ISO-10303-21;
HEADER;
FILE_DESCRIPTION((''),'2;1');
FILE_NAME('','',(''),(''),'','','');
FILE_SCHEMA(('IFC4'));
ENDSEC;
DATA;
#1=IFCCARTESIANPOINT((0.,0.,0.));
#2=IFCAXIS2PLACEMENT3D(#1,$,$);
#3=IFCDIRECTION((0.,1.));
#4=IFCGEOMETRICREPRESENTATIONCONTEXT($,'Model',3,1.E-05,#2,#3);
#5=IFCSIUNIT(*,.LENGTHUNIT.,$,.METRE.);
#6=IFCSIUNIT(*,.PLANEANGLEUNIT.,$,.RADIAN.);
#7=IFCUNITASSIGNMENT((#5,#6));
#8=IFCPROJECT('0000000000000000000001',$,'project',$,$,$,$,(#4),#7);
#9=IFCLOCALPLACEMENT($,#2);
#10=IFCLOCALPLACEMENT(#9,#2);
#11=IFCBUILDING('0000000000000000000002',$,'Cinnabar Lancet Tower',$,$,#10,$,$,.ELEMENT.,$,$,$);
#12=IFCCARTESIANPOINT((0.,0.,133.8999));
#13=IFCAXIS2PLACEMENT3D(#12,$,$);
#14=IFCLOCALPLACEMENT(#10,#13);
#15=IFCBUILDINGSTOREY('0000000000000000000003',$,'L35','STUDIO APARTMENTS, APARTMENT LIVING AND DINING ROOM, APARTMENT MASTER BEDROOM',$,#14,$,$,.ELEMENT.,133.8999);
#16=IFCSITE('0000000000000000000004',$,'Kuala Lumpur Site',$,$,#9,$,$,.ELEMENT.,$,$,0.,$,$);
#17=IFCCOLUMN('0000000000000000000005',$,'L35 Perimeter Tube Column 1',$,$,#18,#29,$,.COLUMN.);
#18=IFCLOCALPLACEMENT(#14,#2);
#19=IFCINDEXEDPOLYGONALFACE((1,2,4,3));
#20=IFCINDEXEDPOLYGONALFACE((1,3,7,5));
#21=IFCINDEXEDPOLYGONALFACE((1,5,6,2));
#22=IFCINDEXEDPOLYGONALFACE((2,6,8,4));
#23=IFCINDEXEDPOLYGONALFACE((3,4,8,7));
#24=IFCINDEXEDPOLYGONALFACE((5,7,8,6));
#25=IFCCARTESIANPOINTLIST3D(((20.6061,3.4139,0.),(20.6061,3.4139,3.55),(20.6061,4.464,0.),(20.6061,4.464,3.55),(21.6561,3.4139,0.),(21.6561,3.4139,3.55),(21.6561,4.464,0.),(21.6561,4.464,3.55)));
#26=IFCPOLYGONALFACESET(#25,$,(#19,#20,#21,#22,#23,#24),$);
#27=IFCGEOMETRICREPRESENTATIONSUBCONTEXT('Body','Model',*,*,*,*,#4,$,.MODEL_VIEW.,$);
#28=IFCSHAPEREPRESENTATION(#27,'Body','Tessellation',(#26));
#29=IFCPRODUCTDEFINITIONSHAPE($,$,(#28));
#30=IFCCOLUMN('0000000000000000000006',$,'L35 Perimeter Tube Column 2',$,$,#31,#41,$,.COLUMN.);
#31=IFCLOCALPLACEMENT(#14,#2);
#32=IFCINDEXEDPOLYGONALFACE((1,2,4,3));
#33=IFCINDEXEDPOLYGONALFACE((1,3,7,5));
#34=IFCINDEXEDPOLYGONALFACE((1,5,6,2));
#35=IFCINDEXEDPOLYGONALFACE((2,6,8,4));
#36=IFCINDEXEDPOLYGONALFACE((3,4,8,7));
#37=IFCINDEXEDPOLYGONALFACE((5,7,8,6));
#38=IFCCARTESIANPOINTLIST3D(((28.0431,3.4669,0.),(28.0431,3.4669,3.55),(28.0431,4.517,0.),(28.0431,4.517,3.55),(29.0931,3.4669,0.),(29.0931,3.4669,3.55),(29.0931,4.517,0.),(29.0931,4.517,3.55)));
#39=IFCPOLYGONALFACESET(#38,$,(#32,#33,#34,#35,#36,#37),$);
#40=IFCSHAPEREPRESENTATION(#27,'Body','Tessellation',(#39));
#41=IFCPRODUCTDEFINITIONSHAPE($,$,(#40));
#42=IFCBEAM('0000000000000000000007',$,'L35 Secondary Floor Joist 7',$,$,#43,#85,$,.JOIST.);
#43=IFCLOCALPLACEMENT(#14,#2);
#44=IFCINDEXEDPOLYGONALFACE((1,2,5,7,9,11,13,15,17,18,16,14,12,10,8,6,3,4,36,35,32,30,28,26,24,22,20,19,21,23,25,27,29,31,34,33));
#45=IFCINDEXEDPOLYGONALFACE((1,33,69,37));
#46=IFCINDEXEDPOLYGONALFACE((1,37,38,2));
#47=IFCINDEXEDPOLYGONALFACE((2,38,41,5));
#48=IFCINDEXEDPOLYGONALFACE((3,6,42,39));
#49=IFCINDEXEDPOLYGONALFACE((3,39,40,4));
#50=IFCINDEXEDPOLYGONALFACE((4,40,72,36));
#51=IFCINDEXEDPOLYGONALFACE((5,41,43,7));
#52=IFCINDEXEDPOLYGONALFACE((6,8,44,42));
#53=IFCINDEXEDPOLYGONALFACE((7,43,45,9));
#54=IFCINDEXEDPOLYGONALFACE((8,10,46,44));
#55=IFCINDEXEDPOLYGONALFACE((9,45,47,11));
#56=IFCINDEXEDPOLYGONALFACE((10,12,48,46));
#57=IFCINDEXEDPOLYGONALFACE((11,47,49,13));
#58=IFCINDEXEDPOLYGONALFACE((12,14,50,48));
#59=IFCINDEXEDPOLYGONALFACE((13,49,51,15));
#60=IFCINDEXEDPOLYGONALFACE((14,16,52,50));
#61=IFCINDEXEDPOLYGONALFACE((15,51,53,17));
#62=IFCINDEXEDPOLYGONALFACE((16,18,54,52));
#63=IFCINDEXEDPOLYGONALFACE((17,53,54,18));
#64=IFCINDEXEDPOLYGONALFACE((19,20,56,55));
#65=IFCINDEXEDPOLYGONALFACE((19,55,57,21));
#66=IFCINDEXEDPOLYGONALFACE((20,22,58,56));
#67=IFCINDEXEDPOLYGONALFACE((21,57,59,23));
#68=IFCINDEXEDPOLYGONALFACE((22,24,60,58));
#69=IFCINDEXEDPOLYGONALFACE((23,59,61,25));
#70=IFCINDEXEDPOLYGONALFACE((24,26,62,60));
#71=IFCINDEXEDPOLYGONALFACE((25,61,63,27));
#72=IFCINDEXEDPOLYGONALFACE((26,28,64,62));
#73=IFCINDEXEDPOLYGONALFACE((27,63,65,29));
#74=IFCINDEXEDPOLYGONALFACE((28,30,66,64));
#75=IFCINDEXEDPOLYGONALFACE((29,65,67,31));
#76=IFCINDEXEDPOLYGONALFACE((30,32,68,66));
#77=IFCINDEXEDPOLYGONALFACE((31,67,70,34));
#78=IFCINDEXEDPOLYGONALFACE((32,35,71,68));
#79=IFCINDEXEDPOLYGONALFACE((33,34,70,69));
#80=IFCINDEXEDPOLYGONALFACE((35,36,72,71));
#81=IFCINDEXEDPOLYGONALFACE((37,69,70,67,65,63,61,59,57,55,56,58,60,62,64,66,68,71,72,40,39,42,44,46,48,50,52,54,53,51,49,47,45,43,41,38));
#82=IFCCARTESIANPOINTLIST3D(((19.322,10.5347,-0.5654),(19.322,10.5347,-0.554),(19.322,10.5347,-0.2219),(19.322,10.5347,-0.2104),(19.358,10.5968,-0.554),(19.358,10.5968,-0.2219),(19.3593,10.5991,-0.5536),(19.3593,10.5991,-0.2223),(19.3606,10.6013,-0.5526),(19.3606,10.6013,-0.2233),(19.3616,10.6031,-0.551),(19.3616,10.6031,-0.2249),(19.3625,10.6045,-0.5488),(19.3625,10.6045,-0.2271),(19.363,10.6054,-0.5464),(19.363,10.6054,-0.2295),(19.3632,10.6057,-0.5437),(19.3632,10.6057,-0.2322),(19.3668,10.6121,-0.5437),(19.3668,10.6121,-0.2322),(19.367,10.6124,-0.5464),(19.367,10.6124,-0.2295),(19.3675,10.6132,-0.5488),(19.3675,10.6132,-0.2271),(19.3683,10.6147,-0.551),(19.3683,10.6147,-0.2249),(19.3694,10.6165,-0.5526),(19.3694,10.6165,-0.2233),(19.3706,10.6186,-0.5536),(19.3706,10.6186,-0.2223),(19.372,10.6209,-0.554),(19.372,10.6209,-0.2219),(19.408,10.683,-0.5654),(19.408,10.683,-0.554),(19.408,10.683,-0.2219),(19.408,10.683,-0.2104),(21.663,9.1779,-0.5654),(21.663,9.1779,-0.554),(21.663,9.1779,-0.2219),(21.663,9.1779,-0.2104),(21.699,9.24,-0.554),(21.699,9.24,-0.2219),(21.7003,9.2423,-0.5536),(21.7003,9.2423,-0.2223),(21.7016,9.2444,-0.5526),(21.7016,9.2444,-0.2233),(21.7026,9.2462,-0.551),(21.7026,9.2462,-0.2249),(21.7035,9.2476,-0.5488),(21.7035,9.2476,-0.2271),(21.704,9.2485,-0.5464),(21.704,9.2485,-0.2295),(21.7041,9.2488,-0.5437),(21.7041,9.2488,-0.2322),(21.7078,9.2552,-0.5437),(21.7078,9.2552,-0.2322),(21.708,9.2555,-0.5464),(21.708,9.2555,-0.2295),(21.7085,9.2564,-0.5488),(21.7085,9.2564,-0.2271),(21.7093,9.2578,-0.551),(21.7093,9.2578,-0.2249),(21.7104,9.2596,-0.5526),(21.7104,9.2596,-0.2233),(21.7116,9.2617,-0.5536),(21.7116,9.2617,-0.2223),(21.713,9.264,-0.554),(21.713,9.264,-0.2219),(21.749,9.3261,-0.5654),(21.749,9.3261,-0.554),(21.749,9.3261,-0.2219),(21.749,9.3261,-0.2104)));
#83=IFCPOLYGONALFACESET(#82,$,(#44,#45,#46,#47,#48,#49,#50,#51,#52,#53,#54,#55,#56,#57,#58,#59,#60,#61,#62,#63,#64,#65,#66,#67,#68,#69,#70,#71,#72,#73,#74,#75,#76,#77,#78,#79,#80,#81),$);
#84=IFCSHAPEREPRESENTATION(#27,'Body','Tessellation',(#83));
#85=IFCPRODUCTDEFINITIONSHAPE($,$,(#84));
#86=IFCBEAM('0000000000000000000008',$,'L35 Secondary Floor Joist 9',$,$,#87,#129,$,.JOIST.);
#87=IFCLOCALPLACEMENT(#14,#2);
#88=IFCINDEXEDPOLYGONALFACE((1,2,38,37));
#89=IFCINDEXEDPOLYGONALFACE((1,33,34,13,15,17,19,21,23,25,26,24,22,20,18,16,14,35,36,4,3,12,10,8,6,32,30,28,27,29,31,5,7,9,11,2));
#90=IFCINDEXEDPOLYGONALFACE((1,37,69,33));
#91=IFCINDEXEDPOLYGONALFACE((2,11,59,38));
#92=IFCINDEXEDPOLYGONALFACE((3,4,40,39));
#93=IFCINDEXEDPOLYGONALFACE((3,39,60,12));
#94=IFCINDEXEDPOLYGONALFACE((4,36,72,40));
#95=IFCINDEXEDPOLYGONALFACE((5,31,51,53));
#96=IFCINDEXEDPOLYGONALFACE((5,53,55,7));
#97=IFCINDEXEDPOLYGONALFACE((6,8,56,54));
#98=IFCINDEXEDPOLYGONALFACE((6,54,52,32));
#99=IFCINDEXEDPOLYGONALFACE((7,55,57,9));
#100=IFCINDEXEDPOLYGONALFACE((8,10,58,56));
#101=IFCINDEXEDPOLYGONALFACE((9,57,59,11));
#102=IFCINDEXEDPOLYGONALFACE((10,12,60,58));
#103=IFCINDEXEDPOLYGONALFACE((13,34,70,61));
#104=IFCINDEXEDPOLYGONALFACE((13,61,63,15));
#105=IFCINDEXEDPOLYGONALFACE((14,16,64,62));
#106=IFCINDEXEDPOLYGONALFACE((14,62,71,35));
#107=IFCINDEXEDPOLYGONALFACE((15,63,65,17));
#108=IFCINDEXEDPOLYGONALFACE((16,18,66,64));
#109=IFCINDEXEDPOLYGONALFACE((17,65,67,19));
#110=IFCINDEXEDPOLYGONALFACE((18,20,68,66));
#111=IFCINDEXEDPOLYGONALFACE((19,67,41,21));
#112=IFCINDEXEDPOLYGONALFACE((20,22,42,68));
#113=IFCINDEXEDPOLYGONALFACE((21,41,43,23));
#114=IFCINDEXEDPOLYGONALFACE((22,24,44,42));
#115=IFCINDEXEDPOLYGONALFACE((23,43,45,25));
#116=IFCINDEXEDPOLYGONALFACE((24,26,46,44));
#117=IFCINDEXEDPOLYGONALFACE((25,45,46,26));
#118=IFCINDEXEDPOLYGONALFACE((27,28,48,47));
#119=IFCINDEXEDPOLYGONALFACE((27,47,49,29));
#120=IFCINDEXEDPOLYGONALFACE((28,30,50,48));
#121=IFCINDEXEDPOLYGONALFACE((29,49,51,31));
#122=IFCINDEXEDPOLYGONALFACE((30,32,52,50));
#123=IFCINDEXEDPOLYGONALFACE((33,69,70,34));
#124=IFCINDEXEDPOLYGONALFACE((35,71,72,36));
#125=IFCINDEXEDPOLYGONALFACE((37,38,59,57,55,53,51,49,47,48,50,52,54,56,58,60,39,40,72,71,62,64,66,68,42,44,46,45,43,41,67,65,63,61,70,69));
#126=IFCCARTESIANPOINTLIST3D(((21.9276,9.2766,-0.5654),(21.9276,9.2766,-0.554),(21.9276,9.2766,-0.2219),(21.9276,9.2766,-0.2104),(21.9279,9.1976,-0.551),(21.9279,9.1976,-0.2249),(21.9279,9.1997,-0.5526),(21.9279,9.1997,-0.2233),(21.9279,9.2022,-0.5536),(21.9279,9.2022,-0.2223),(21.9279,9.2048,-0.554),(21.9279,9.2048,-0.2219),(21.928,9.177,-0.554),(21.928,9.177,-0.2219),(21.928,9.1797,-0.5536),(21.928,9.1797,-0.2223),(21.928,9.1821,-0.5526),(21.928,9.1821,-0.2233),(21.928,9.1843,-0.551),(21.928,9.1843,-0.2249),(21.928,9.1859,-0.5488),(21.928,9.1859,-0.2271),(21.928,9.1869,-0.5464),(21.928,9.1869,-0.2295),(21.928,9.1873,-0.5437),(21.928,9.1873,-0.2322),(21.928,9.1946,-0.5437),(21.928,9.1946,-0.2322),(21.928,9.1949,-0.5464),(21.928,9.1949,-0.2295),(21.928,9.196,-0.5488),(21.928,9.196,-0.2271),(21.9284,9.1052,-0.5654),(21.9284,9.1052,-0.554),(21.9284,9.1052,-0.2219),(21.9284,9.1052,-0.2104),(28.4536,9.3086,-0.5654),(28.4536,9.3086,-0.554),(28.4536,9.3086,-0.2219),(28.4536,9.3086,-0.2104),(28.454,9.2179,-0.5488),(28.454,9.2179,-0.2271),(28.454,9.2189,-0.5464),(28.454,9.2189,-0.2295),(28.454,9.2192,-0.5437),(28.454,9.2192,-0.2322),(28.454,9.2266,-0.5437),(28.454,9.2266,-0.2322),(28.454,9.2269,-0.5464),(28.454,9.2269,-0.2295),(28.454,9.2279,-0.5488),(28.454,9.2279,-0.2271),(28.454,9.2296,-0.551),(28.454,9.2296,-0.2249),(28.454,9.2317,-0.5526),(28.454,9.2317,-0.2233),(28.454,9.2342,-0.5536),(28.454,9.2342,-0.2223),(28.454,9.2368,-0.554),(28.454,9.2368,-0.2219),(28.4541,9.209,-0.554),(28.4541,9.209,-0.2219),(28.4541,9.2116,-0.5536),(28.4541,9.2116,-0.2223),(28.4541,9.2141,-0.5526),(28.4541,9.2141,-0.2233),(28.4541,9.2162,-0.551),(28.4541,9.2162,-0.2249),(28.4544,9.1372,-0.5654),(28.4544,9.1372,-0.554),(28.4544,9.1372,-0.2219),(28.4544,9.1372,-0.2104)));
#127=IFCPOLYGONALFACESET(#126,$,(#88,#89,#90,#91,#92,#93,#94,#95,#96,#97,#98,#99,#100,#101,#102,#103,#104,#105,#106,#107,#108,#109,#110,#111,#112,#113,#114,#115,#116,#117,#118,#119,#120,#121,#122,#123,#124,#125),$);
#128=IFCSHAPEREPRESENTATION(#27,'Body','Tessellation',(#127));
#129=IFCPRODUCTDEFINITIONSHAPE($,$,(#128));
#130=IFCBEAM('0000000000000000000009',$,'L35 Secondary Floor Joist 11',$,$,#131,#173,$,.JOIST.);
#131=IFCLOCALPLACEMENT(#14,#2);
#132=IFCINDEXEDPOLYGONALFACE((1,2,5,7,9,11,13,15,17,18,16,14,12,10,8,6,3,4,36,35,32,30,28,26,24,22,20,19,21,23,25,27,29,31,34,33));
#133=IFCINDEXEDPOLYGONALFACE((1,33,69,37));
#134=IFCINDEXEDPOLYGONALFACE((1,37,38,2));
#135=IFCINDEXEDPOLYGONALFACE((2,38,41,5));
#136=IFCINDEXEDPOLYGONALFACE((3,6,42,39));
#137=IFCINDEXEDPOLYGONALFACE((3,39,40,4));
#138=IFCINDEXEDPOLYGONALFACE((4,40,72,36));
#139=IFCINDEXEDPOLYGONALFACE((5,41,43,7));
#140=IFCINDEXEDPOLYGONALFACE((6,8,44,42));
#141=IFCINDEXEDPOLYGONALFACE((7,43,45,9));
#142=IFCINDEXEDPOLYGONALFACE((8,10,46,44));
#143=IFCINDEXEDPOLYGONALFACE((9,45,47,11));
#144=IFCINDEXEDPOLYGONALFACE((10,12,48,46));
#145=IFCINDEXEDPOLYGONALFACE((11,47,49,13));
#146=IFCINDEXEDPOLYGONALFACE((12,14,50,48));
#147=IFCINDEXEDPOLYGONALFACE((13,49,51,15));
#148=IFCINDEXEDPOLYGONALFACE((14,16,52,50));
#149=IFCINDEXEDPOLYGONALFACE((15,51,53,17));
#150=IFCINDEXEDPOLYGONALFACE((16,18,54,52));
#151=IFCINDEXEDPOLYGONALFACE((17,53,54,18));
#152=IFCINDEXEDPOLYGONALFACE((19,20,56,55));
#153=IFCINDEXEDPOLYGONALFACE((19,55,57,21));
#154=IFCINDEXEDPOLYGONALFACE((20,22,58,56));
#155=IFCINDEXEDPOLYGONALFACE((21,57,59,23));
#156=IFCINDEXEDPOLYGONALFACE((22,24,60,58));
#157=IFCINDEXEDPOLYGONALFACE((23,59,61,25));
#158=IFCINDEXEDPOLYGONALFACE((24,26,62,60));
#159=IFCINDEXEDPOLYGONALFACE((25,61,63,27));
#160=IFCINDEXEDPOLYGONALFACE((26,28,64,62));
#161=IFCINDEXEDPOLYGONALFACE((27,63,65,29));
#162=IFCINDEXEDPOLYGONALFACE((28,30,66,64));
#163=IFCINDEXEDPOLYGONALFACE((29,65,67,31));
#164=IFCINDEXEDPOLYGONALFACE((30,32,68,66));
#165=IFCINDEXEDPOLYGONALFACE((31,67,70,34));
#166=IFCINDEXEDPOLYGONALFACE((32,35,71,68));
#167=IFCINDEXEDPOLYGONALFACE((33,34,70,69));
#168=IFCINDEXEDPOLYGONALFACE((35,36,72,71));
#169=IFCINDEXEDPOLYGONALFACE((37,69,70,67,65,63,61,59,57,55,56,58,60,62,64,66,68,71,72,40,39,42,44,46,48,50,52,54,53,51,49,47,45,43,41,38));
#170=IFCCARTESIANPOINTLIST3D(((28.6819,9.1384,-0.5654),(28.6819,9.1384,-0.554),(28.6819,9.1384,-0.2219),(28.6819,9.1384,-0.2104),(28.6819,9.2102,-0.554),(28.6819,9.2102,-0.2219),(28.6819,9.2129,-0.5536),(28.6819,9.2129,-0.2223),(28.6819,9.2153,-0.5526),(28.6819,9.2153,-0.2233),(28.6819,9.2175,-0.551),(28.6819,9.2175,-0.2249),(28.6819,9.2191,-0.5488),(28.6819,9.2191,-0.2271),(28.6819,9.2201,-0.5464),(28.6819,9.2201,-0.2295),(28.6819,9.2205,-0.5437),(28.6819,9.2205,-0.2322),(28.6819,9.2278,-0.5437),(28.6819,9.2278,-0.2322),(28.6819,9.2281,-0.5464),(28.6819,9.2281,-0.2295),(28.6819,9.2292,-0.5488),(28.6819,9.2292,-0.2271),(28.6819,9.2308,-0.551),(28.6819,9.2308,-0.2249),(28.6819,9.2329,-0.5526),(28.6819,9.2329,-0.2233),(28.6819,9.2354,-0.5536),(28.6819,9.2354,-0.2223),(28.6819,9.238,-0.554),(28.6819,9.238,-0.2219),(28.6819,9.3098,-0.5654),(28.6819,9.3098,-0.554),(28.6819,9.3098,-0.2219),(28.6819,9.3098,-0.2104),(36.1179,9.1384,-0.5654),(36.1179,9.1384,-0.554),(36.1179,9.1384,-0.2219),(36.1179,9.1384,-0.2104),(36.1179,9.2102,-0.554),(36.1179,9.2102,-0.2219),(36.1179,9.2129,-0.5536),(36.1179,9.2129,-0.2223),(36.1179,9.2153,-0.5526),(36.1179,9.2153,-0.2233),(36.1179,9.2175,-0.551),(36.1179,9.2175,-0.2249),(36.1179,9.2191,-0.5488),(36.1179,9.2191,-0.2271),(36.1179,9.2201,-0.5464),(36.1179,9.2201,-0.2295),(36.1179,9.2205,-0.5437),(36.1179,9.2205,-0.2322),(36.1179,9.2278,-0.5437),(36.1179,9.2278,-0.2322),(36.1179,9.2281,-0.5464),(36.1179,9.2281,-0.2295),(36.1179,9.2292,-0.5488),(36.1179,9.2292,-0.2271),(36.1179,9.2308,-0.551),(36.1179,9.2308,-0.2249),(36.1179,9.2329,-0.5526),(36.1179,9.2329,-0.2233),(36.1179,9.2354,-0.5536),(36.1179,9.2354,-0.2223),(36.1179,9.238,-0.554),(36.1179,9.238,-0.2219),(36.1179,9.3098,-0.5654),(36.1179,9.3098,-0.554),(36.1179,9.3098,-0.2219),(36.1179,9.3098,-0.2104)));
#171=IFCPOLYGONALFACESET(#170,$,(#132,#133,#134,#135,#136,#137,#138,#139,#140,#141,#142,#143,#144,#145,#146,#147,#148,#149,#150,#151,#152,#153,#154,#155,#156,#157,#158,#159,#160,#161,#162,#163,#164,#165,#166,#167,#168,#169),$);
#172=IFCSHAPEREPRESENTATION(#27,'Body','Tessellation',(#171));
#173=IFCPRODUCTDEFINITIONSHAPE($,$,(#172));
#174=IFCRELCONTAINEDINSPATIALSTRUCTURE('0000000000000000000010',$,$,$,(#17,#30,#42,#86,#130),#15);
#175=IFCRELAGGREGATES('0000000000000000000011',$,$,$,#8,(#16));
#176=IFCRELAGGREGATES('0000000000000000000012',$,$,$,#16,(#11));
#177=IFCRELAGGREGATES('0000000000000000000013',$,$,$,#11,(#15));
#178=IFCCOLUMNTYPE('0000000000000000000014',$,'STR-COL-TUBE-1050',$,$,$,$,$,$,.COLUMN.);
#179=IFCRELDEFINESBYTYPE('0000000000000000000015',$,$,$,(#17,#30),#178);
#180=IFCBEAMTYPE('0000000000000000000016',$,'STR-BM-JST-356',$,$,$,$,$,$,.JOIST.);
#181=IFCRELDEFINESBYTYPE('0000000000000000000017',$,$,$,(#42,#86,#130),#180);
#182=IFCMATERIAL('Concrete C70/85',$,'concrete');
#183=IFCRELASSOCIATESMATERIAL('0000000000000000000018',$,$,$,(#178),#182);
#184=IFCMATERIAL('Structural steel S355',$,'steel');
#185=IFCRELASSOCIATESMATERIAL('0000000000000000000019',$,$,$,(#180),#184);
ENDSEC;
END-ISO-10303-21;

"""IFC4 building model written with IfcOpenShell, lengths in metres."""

from ifc_helpers import new_model, si_unit, direction, frame, origin, origin_2d, place, context, subcontext, project, spatial, rectangle, i_section, extrude, material, material_profile, profile_set, type_object, element, save


model = new_model("IFC4")

# Units and contexts
model_context = context("Model", 3, precision=1e-05, world=origin(), true_north=direction((0.0, 1.0)))
body_context = subcontext(model_context, "Body", "Model", "MODEL_VIEW")
ifc_project = project(units=[si_unit("LENGTHUNIT", "METRE"), si_unit("PLANEANGLEUNIT", "RADIAN")], contexts=[model_context])

# Site, building, storey
site_placement = place(None, origin())
site = spatial("IfcSite", under=ifc_project, at=site_placement, Name="Kuala Lumpur Site", CompositionType="ELEMENT", RefElevation=0.0)
building_placement = place(site_placement, origin())
building = spatial("IfcBuilding", under=site, at=building_placement, Name="Cinnabar Lancet Tower", CompositionType="ELEMENT")
storey_placement = place(building_placement, frame((0.0, 0.0, 133.8999)))
storey = spatial("IfcBuildingStorey", under=building, at=storey_placement, Name="L35", Description="STUDIO APARTMENTS, APARTMENT LIVING AND DINING ROOM, APARTMENT MASTER BEDROOM", CompositionType="ELEMENT", Elevation=133.8999)

# Columns
ifc_material_1 = material(Name="Concrete C70/85", Category="concrete")
ifc_material_profile_1 = material_profile(ifc_material_1, rectangle(XDim=1.05, YDim=1.05, at=origin_2d()), Name="RC-COL 1050x1050")
ifc_profile_set_1 = profile_set([ifc_material_profile_1], Name="Concrete C70/85")
column_type = type_object("IfcColumnType", Name="STR-COL-TUBE-1050", PredefinedType="COLUMN", material=ifc_profile_set_1)
for number, where, z_axis, x_axis, name in (
    (1, (21.1311, 3.939, 0.0), (0.0, 0.0, 1.0), (1.0, 0.0, 0.0), "L35 Perimeter Tube Column 1"),
    (2, (28.5681, 3.9919, 0.0), (0.0, 0.0, 1.0), (1.0, 0.0, 0.0), "L35 Perimeter Tube Column 2"),
):
    element("IfcColumn", number, at=place(storey_placement, frame(where, z_axis=z_axis, x_axis=x_axis)), inside=storey, type_object=column_type, Name=name, PredefinedType="COLUMN", context=body_context, shape_type="SweptSolid", body=[
        extrude(rectangle(XDim=1.05, YDim=1.05, at=origin_2d()), origin(), (0.0, 0.0, 1.0), 3.55),
    ])

# Beams
ifc_material_2 = material(Name="Structural steel S355", Category="steel")
ifc_material_profile_2 = material_profile(ifc_material_2, i_section(OverallWidth=0.1714, OverallDepth=0.355, WebThickness=0.0073, FlangeThickness=0.0115, FilletRadius=0.0103, at=origin_2d()), Name="UKB 356x171x51")
ifc_profile_set_2 = profile_set([ifc_material_profile_2], Name="Structural steel S355")
beam_type_1 = type_object("IfcBeamType", Name="STR-BM-JST-356", PredefinedType="JOIST", material=ifc_profile_set_2)
beam_1_placement = place(storey_placement, frame((19.365, 10.6089, -0.3879), z_axis=(0.865173, -0.501474, 0.0), x_axis=(0.501474, 0.865173, 0.0)))
element("IfcBeam", 3, at=beam_1_placement, inside=storey, type_object=beam_type_1, Name="L35 Secondary Floor Joist 7", PredefinedType="JOIST", context=body_context, shape_type="SweptSolid", body=[
    extrude(i_section(OverallWidth=0.1714, OverallDepth=0.355, WebThickness=0.0073, FlangeThickness=0.0115, FilletRadius=0.0103, at=origin_2d()), origin(), (0.0, 0.0, 1.0), 2.7058),
])
beam_2_placement = place(storey_placement, frame((21.928, 9.1909, -0.3879), z_axis=(0.999988, 0.004901, 0.0), x_axis=(-0.004901, 0.999988, 0.0)))
element("IfcBeam", 4, at=beam_2_placement, inside=storey, type_object=beam_type_1, Name="L35 Secondary Floor Joist 9", PredefinedType="JOIST", context=body_context, shape_type="SweptSolid", body=[
    extrude(i_section(OverallWidth=0.1714, OverallDepth=0.355, WebThickness=0.0073, FlangeThickness=0.0115, FilletRadius=0.0103, at=origin_2d()), origin(), (0.0, 0.0, 1.0), 6.5261),
])
beam_3_placement = place(storey_placement, frame((28.6819, 9.2241, -0.3879), z_axis=(1.0, 0.0, 0.0), x_axis=(0.0, 1.0, 0.0)))
element("IfcBeam", 5, at=beam_3_placement, inside=storey, type_object=beam_type_1, Name="L35 Secondary Floor Joist 11", PredefinedType="JOIST", context=body_context, shape_type="SweptSolid", body=[
    extrude(i_section(OverallWidth=0.1714, OverallDepth=0.355, WebThickness=0.0073, FlangeThickness=0.0115, FilletRadius=0.0103, at=origin_2d()), origin(), (0.0, 0.0, 1.0), 7.436),
])

save(model, "model.ifc")
